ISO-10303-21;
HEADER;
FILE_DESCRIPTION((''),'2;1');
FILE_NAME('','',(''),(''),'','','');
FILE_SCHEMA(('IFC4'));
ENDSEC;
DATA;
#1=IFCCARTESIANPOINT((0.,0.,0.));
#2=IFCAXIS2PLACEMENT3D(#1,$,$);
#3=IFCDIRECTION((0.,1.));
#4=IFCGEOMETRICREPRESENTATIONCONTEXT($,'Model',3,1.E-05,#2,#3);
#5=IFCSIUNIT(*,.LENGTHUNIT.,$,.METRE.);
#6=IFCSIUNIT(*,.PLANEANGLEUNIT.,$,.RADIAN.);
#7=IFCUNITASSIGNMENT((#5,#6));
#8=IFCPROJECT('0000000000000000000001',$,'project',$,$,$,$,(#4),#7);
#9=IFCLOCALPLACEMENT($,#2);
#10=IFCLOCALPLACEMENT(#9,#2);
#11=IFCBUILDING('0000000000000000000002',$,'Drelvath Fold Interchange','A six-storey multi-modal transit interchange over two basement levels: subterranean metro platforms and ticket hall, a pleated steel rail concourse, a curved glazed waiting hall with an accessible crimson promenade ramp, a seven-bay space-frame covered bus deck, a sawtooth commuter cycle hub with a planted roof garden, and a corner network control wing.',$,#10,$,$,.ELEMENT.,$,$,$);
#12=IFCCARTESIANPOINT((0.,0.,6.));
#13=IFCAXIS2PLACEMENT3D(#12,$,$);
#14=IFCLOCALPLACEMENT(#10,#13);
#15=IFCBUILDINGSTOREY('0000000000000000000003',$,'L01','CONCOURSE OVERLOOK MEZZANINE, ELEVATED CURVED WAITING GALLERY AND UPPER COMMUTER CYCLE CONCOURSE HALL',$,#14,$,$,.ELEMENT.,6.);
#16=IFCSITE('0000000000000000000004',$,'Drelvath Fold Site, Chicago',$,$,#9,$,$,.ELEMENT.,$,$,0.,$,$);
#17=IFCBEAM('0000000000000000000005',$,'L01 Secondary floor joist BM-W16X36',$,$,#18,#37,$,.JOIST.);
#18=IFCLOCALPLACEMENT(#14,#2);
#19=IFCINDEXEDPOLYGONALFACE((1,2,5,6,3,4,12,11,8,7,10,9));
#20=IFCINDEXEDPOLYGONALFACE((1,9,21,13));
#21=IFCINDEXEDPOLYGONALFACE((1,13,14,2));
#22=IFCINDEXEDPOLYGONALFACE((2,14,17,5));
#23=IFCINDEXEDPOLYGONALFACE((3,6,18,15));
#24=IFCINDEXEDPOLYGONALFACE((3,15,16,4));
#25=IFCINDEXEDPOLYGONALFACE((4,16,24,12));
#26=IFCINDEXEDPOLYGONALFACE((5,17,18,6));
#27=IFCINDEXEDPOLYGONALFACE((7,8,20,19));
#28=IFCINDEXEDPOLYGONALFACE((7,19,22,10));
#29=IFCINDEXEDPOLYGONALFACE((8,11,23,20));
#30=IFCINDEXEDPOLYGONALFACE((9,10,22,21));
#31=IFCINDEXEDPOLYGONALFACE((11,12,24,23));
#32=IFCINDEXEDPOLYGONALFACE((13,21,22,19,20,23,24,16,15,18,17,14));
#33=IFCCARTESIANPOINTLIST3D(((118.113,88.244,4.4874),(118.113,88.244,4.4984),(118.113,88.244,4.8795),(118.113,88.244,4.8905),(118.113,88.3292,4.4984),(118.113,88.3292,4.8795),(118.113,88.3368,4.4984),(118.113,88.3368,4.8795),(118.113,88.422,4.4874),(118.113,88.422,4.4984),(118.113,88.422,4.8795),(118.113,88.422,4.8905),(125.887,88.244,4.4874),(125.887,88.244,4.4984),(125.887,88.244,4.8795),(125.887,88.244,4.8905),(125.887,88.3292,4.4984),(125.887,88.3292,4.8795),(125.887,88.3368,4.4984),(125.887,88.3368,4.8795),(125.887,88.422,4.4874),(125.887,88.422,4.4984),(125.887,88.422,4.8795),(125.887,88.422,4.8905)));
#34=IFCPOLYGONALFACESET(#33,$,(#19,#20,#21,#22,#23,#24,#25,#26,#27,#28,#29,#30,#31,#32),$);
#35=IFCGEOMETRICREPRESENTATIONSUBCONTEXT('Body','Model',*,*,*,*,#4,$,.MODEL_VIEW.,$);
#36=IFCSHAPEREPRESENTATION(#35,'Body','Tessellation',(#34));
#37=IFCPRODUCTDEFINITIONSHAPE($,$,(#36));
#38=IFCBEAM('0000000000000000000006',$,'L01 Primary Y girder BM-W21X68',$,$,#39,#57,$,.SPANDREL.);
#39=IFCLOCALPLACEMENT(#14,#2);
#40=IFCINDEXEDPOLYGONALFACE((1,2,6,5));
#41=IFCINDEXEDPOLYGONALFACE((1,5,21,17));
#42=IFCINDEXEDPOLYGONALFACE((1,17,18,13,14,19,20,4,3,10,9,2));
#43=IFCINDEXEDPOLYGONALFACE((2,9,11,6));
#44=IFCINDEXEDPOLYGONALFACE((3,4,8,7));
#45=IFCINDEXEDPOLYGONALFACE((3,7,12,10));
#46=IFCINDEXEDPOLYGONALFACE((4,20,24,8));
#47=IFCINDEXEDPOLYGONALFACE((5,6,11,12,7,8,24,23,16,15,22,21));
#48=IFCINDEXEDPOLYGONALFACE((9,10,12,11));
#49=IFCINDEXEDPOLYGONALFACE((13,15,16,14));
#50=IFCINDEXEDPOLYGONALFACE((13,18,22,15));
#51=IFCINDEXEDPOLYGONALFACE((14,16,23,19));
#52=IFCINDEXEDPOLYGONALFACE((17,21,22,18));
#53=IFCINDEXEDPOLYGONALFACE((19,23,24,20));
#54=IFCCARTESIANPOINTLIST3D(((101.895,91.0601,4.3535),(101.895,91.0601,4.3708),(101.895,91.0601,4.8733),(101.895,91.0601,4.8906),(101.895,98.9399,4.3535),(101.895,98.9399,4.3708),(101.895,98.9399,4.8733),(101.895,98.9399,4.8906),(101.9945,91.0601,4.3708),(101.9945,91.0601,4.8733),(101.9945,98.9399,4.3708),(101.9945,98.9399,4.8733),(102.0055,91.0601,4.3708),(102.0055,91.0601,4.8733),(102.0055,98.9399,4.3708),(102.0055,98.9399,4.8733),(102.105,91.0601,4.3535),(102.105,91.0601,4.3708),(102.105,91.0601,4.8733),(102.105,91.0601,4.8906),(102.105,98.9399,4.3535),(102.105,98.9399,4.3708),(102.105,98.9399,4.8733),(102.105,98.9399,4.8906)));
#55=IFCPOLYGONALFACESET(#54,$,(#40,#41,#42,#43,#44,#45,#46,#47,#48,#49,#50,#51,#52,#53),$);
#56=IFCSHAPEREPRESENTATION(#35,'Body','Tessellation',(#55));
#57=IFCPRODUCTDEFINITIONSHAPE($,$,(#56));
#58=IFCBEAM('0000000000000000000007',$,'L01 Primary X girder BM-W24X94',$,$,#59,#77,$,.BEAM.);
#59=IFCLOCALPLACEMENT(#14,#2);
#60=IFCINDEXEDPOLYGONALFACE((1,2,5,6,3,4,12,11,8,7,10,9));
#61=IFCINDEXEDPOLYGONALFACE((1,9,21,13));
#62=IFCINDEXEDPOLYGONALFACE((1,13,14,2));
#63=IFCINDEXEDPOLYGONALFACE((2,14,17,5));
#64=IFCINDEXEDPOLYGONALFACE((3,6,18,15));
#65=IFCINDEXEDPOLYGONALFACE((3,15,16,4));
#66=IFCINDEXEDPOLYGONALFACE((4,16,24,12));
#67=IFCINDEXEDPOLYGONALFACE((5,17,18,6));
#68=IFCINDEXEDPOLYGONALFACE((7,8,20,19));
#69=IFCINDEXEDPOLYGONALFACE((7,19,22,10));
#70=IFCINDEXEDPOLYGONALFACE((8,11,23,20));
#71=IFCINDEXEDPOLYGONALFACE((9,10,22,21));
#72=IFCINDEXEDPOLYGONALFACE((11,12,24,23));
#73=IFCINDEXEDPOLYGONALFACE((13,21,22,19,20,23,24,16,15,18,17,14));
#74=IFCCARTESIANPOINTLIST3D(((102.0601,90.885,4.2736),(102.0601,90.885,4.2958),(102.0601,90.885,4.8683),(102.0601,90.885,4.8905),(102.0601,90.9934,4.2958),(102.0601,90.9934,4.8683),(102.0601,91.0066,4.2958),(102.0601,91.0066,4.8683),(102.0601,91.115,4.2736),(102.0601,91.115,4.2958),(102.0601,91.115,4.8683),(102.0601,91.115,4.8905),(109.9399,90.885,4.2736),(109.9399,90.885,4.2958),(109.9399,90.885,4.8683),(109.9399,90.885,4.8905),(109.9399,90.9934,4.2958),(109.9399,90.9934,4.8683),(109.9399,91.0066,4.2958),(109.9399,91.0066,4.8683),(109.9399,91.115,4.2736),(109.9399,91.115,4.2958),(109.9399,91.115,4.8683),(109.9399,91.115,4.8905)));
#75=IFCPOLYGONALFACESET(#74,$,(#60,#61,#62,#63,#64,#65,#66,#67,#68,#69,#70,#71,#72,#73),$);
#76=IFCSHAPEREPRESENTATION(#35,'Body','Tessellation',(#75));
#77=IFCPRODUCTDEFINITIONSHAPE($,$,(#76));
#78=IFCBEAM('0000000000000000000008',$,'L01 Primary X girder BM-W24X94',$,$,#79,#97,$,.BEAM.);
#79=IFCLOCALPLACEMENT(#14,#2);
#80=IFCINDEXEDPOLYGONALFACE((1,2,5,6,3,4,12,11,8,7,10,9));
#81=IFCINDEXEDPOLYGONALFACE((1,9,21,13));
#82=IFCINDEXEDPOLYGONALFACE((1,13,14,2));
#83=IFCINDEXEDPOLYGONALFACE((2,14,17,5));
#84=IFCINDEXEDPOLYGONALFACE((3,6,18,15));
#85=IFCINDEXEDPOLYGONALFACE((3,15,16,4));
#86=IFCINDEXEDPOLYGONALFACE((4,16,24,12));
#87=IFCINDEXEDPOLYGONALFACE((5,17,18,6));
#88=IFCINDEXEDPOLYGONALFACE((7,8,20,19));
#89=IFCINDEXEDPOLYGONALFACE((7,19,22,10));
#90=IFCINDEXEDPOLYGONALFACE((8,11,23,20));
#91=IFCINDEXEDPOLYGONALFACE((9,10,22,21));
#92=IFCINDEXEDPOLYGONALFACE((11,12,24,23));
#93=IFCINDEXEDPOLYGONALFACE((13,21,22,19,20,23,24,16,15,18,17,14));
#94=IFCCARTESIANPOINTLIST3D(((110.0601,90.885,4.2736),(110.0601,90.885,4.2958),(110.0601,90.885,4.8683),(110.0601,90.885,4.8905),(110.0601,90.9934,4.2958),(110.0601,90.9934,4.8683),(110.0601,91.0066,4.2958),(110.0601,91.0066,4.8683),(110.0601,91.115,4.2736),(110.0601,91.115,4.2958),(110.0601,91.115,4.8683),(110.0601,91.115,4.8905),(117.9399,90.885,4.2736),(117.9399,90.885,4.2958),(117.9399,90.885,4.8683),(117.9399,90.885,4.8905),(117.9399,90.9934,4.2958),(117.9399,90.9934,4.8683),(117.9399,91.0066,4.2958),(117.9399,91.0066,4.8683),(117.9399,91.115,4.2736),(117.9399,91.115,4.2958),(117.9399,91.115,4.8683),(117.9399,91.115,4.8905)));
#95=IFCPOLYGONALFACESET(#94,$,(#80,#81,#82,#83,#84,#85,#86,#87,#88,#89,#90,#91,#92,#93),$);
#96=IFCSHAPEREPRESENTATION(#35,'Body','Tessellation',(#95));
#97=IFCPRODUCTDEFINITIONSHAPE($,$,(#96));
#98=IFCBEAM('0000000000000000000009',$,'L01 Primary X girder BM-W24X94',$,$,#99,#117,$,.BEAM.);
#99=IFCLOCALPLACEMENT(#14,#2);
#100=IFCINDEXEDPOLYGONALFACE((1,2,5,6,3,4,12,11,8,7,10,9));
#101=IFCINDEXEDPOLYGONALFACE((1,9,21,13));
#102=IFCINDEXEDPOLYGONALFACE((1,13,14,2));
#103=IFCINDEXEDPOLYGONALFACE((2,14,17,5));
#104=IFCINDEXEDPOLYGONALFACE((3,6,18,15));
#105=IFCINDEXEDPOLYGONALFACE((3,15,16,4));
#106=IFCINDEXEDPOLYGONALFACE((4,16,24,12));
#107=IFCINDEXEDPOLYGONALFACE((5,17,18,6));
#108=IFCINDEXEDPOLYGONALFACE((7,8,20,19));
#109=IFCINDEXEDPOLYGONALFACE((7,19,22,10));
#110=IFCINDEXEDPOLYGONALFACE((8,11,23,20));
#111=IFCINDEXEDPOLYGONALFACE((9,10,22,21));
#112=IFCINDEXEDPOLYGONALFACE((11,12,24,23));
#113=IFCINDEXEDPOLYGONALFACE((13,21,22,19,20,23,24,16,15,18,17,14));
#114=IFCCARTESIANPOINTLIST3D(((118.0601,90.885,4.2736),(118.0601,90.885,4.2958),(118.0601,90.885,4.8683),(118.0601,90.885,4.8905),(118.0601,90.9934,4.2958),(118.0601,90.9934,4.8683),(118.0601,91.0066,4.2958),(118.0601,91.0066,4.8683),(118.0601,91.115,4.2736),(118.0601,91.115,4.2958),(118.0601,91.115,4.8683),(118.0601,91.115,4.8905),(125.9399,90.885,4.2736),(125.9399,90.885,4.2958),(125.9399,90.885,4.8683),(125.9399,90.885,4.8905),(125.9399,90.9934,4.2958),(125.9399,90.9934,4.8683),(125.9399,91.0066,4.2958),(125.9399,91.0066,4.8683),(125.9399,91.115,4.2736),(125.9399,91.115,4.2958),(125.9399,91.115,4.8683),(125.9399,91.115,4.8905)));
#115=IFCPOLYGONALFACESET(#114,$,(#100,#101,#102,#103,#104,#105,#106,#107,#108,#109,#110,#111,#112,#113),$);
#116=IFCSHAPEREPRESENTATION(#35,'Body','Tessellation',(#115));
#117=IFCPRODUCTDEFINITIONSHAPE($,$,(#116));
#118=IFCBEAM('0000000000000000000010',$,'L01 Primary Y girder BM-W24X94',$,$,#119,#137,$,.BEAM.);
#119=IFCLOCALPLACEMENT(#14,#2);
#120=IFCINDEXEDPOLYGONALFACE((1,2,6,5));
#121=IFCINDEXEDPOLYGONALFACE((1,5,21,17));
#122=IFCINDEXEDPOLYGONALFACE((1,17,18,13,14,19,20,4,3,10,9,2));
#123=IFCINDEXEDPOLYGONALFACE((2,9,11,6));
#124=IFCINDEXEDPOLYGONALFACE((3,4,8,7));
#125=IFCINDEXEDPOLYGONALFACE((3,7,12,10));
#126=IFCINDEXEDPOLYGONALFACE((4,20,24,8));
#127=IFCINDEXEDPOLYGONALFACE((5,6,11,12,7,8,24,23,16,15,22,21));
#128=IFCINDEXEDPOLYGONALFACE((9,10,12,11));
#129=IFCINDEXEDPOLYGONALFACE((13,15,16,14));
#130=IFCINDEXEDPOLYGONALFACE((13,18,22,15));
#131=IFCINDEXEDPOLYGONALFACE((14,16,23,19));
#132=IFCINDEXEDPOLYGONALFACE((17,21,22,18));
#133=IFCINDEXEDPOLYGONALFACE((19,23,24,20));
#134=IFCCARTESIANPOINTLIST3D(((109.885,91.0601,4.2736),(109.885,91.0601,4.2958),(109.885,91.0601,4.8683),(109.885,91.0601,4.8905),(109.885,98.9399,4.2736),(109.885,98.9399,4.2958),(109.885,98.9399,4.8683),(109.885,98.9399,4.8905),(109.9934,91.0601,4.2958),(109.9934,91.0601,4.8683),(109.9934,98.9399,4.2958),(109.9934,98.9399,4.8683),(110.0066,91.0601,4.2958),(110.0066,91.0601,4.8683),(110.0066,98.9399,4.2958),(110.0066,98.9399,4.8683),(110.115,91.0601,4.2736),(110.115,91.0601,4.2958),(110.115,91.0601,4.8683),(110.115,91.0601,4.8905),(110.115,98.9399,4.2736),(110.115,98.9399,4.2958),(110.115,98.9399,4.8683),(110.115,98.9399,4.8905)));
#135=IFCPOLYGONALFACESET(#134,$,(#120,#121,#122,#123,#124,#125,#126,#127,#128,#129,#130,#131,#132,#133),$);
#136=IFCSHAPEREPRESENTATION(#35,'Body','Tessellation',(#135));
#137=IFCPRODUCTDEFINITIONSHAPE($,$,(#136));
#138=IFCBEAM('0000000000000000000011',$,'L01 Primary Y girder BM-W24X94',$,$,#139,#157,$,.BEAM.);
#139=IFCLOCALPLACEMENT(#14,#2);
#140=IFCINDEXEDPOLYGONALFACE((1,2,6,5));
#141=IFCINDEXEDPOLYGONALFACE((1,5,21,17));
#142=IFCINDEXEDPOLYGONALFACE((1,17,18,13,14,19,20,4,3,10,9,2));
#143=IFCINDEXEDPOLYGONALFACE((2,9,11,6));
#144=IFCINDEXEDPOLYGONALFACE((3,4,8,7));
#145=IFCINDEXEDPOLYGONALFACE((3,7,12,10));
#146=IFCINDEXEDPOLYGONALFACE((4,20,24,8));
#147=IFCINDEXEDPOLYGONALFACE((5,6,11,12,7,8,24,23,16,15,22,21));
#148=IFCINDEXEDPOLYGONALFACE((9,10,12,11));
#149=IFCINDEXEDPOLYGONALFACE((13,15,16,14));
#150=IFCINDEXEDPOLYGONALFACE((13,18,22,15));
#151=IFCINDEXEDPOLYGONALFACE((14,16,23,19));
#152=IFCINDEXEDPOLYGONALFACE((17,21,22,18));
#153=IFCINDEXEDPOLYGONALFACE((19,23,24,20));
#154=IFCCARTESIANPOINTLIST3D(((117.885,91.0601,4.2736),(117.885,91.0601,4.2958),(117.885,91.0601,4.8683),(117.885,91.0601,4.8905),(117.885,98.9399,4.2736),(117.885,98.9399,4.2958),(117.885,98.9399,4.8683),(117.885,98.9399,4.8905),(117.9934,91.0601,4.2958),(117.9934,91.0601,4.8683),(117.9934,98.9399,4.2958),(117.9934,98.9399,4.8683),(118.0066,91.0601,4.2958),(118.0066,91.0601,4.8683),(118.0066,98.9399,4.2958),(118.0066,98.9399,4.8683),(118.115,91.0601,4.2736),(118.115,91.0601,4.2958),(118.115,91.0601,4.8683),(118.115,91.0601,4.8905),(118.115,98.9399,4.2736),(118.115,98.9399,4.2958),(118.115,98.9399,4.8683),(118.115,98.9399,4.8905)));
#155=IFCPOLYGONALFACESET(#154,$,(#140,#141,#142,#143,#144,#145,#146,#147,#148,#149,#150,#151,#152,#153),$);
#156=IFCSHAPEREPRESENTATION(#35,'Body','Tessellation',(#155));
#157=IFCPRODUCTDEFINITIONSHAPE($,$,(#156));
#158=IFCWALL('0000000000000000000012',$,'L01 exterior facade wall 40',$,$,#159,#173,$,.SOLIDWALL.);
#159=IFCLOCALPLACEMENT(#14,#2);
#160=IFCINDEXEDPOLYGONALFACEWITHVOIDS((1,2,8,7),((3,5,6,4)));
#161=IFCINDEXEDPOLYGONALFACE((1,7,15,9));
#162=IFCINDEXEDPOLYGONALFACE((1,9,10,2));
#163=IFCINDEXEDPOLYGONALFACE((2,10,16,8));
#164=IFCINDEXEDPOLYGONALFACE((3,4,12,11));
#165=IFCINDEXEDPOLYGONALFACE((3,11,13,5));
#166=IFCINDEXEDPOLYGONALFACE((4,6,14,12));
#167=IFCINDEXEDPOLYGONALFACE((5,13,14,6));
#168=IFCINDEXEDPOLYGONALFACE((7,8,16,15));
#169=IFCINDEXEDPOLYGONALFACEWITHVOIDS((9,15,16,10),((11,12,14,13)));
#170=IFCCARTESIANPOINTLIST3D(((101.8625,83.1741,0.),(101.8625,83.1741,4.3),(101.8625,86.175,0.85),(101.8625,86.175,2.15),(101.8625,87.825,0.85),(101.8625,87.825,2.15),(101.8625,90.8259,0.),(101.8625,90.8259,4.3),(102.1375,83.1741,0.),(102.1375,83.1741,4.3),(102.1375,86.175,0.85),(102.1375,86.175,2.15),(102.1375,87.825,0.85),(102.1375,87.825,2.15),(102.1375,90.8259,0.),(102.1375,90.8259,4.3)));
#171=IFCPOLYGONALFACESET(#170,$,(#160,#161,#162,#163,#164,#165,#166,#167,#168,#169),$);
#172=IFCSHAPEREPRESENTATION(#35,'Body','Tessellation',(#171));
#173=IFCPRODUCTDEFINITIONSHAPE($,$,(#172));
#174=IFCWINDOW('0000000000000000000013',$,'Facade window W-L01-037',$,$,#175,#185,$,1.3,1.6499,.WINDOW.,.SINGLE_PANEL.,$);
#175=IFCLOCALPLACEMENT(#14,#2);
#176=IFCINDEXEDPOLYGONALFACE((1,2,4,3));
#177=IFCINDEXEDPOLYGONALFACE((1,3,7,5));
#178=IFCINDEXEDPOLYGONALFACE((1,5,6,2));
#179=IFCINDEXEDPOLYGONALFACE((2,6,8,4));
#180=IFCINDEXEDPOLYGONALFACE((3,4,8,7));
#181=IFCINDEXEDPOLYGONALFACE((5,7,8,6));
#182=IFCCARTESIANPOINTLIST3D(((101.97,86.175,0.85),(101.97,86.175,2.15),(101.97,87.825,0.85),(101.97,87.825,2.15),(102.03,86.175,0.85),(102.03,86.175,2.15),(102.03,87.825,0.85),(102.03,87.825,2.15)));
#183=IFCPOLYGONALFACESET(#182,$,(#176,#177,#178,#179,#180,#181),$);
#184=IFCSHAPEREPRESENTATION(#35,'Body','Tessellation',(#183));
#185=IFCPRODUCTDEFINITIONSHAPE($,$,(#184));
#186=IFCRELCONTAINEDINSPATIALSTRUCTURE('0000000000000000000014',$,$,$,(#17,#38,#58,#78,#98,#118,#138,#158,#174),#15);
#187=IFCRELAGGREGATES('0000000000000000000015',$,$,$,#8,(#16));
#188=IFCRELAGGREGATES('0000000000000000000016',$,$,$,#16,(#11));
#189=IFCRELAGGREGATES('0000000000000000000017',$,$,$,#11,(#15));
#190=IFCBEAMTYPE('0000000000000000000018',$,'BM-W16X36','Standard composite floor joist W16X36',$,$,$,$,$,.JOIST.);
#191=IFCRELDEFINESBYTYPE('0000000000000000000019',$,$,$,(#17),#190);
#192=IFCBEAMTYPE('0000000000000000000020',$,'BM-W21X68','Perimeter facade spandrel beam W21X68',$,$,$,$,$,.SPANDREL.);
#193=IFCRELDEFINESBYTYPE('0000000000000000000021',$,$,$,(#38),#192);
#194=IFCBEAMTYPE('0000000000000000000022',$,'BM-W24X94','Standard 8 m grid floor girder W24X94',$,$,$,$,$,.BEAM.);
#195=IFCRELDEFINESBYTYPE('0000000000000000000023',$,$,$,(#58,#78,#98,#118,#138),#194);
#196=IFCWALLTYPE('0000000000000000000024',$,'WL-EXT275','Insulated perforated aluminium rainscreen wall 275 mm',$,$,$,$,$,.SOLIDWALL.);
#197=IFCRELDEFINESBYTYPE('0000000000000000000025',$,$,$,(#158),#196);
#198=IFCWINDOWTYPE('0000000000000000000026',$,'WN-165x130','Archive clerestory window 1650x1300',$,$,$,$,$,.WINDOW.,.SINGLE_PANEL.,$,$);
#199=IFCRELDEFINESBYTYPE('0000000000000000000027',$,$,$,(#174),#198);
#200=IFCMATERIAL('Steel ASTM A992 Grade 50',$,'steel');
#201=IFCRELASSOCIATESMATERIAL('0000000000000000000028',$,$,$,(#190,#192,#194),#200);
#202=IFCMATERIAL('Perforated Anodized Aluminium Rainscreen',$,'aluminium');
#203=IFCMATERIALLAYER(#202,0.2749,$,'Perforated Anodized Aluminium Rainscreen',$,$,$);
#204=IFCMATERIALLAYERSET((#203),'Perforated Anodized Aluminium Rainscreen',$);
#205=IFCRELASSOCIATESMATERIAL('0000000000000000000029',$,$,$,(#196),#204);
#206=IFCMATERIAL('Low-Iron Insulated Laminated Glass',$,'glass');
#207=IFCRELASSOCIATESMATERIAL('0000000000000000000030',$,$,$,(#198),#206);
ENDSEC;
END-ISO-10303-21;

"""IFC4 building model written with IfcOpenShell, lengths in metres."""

from ifc_helpers import new_model, si_unit, direction, frame, frame_2d, origin, origin_2d, place, context, subcontext, project, spatial, rectangle, i_section, extrude, material, layer, layer_set, material_profile, profile_set, type_object, element, fill, save


model = new_model("IFC4")

# Units and contexts
model_context = context("Model", 3, precision=1e-05, world=origin(), true_north=direction((0.0, 1.0)))
body_context = subcontext(model_context, "Body", "Model", "MODEL_VIEW")
ifc_project = project(units=[si_unit("LENGTHUNIT", "METRE"), si_unit("PLANEANGLEUNIT", "RADIAN")], contexts=[model_context])

# Site, building, storey
site_placement = place(None, origin())
site = spatial("IfcSite", under=ifc_project, at=site_placement, Name="Drelvath Fold Site, Chicago", CompositionType="ELEMENT", RefElevation=0.0)
building_placement = place(site_placement, origin())
building = spatial("IfcBuilding", under=site, at=building_placement, Name="Drelvath Fold Interchange", Description="A six-storey multi-modal transit interchange over two basement levels: subterranean metro platforms and ticket hall, a pleated steel rail concourse, a curved glazed waiting hall with an accessible crimson promenade ramp, a seven-bay space-frame covered bus deck, a sawtooth commuter cycle hub with a planted roof garden, and a corner network control wing.", CompositionType="ELEMENT")
storey_placement = place(building_placement, frame((0.0, 0.0, 6.0)))
storey = spatial("IfcBuildingStorey", under=building, at=storey_placement, Name="L01", Description="CONCOURSE OVERLOOK MEZZANINE, ELEVATED CURVED WAITING GALLERY AND UPPER COMMUTER CYCLE CONCOURSE HALL", CompositionType="ELEMENT", Elevation=6.0)

# Shared definitions
ifc_material_1 = material(Name="Steel ASTM A992 Grade 50", Category="steel")

# Beams
ifc_material_profile_1 = material_profile(ifc_material_1, i_section(OverallWidth=0.178, OverallDepth=0.4031, WebThickness=0.0076, FlangeThickness=0.011, at=origin_2d()), Name="W16X36")
ifc_profile_set_1 = profile_set([ifc_material_profile_1], Name="Steel ASTM A992 Grade 50")
beam_type_1 = type_object("IfcBeamType", Name="BM-W16X36", Description="Standard composite floor joist W16X36", PredefinedType="JOIST", material=ifc_profile_set_1)
for number, where, z_axis, x_axis, name in (
    (1, (118.113, 88.333, 4.689), (1.0, 0.0, 0.0), (0.0, 1.0, 0.0), "L01 Secondary floor joist BM-W16X36"),
):
    element("IfcBeam", number, at=place(storey_placement, frame(where, z_axis=z_axis, x_axis=x_axis)), inside=storey, type_object=beam_type_1, Name=name, PredefinedType="JOIST", context=body_context, shape_type="SweptSolid", body=[
        extrude(i_section(OverallWidth=0.178, OverallDepth=0.4031, WebThickness=0.0076, FlangeThickness=0.011, at=origin_2d()), origin(), (0.0, 0.0, 1.0), 7.7739),
    ])
ifc_material_profile_2 = material_profile(ifc_material_1, i_section(OverallWidth=0.21, OverallDepth=0.5371, WebThickness=0.011, FlangeThickness=0.0173, at=origin_2d()), Name="W21X68")
ifc_profile_set_2 = profile_set([ifc_material_profile_2], Name="Steel ASTM A992 Grade 50")
beam_type_2 = type_object("IfcBeamType", Name="BM-W21X68", Description="Perimeter facade spandrel beam W21X68", PredefinedType="SPANDREL", material=ifc_profile_set_2)
beam_placement = place(storey_placement, frame((102.0, 91.0601, 4.6221), z_axis=(0.0, 1.0, 0.0), x_axis=(-1.0, 0.0, 0.0)))
element("IfcBeam", 2, at=beam_placement, inside=storey, type_object=beam_type_2, Name="L01 Primary Y girder BM-W21X68", PredefinedType="SPANDREL", context=body_context, shape_type="SweptSolid", body=[
    extrude(i_section(OverallWidth=0.21, OverallDepth=0.5371, WebThickness=0.011, FlangeThickness=0.0173, at=origin_2d()), origin(), (0.0, 0.0, 1.0), 7.8799),
])
ifc_material_profile_3 = material_profile(ifc_material_1, i_section(OverallWidth=0.23, OverallDepth=0.6169, WebThickness=0.0132, FlangeThickness=0.0222, at=origin_2d()), Name="W24X94")
ifc_profile_set_3 = profile_set([ifc_material_profile_3], Name="Steel ASTM A992 Grade 50")
beam_type_3 = type_object("IfcBeamType", Name="BM-W24X94", Description="Standard 8 m grid floor girder W24X94", PredefinedType="BEAM", material=ifc_profile_set_3)
for number, where, z_axis, x_axis, name in (
    (3, (102.0601, 91.0, 4.582), (1.0, 0.0, 0.0), (0.0, 1.0, 0.0), "L01 Primary X girder BM-W24X94"),
    (4, (110.0601, 91.0, 4.582), (1.0, 0.0, 0.0), (0.0, 1.0, 0.0), "L01 Primary X girder BM-W24X94"),
    (5, (118.0601, 91.0, 4.582), (1.0, 0.0, 0.0), (0.0, 1.0, 0.0), "L01 Primary X girder BM-W24X94"),
    (6, (110.0, 91.0601, 4.582), (0.0, 1.0, 0.0), (-1.0, 0.0, 0.0), "L01 Primary Y girder BM-W24X94"),
    (7, (118.0, 91.0601, 4.582), (0.0, 1.0, 0.0), (-1.0, 0.0, 0.0), "L01 Primary Y girder BM-W24X94"),
):
    element("IfcBeam", number, at=place(storey_placement, frame(where, z_axis=z_axis, x_axis=x_axis)), inside=storey, type_object=beam_type_3, Name=name, PredefinedType="BEAM", context=body_context, shape_type="SweptSolid", body=[
        extrude(i_section(OverallWidth=0.23, OverallDepth=0.6169, WebThickness=0.0132, FlangeThickness=0.0222, at=origin_2d()), origin(), (0.0, 0.0, 1.0), 7.8799),
    ])

# Wall, opening, window
ifc_material_2 = material(Name="Perforated Anodized Aluminium Rainscreen", Category="aluminium")
ifc_layer_1 = layer(ifc_material_2, 0.2749, Name="Perforated Anodized Aluminium Rainscreen")
ifc_layer_set_1 = layer_set([ifc_layer_1], Name="Perforated Anodized Aluminium Rainscreen")
wall_type_1 = type_object("IfcWallType", Name="WL-EXT275", Description="Insulated perforated aluminium rainscreen wall 275 mm", PredefinedType="SOLIDWALL", material=ifc_layer_set_1)
wall_1_placement = place(storey_placement, frame((102.0, 83.1741, 0.0), z_axis=(0.0, 0.0, 1.0), x_axis=(0.0, 1.0, 0.0)))
wall_1 = element("IfcWall", 8, at=wall_1_placement, inside=storey, type_object=wall_type_1, Name="L01 exterior facade wall 40", PredefinedType="SOLIDWALL", context=body_context, shape_type="SweptSolid", body=[
    extrude(rectangle(XDim=7.6519, YDim=0.2749, at=frame_2d((3.8259, 0.0))), origin(), (0.0, 0.0, 1.0), 4.3),
])
opening_1_placement = place(wall_1_placement, frame((3.001, 0.0, 0.8501)))
opening_1 = element("IfcOpeningElement", 9, at=opening_1_placement, cuts=wall_1, PredefinedType="OPENING", context=body_context, shape_type="SweptSolid", body=[
    extrude(rectangle(XDim=1.6499, YDim=1.3, at=frame_2d((0.825, 0.6499))), frame((0.0, 0.1475, 0.0), z_axis=(0.0, -1.0, 0.0), x_axis=(1.0, 0.0, 0.0)), (0.0, 0.0, 1.0), 0.2949),
])
ifc_material_3 = material(Name="Low-Iron Insulated Laminated Glass", Category="glass")
window_type_1 = type_object("IfcWindowType", Name="WN-165x130", Description="Archive clerestory window 1650x1300", PartitioningType="SINGLE_PANEL", PredefinedType="WINDOW", material=ifc_material_3)
window_1_placement = place(opening_1_placement, origin())
window_1 = element("IfcWindow", 10, at=window_1_placement, inside=storey, type_object=window_type_1, Name="Facade window W-L01-037", OverallHeight=1.3, OverallWidth=1.6499, PartitioningType="SINGLE_PANEL", PredefinedType="WINDOW", context=body_context, shape_type="SweptSolid", body=[
    extrude(rectangle(XDim=1.6499, YDim=1.3, at=frame_2d((0.825, 0.6499))), frame((0.0, 0.03, 0.0), z_axis=(0.0, -1.0, 0.0), x_axis=(1.0, 0.0, 0.0)), (0.0, 0.0, 1.0), 0.0601),
])
fill(opening_1, window_1)

save(model, "model.ifc")
